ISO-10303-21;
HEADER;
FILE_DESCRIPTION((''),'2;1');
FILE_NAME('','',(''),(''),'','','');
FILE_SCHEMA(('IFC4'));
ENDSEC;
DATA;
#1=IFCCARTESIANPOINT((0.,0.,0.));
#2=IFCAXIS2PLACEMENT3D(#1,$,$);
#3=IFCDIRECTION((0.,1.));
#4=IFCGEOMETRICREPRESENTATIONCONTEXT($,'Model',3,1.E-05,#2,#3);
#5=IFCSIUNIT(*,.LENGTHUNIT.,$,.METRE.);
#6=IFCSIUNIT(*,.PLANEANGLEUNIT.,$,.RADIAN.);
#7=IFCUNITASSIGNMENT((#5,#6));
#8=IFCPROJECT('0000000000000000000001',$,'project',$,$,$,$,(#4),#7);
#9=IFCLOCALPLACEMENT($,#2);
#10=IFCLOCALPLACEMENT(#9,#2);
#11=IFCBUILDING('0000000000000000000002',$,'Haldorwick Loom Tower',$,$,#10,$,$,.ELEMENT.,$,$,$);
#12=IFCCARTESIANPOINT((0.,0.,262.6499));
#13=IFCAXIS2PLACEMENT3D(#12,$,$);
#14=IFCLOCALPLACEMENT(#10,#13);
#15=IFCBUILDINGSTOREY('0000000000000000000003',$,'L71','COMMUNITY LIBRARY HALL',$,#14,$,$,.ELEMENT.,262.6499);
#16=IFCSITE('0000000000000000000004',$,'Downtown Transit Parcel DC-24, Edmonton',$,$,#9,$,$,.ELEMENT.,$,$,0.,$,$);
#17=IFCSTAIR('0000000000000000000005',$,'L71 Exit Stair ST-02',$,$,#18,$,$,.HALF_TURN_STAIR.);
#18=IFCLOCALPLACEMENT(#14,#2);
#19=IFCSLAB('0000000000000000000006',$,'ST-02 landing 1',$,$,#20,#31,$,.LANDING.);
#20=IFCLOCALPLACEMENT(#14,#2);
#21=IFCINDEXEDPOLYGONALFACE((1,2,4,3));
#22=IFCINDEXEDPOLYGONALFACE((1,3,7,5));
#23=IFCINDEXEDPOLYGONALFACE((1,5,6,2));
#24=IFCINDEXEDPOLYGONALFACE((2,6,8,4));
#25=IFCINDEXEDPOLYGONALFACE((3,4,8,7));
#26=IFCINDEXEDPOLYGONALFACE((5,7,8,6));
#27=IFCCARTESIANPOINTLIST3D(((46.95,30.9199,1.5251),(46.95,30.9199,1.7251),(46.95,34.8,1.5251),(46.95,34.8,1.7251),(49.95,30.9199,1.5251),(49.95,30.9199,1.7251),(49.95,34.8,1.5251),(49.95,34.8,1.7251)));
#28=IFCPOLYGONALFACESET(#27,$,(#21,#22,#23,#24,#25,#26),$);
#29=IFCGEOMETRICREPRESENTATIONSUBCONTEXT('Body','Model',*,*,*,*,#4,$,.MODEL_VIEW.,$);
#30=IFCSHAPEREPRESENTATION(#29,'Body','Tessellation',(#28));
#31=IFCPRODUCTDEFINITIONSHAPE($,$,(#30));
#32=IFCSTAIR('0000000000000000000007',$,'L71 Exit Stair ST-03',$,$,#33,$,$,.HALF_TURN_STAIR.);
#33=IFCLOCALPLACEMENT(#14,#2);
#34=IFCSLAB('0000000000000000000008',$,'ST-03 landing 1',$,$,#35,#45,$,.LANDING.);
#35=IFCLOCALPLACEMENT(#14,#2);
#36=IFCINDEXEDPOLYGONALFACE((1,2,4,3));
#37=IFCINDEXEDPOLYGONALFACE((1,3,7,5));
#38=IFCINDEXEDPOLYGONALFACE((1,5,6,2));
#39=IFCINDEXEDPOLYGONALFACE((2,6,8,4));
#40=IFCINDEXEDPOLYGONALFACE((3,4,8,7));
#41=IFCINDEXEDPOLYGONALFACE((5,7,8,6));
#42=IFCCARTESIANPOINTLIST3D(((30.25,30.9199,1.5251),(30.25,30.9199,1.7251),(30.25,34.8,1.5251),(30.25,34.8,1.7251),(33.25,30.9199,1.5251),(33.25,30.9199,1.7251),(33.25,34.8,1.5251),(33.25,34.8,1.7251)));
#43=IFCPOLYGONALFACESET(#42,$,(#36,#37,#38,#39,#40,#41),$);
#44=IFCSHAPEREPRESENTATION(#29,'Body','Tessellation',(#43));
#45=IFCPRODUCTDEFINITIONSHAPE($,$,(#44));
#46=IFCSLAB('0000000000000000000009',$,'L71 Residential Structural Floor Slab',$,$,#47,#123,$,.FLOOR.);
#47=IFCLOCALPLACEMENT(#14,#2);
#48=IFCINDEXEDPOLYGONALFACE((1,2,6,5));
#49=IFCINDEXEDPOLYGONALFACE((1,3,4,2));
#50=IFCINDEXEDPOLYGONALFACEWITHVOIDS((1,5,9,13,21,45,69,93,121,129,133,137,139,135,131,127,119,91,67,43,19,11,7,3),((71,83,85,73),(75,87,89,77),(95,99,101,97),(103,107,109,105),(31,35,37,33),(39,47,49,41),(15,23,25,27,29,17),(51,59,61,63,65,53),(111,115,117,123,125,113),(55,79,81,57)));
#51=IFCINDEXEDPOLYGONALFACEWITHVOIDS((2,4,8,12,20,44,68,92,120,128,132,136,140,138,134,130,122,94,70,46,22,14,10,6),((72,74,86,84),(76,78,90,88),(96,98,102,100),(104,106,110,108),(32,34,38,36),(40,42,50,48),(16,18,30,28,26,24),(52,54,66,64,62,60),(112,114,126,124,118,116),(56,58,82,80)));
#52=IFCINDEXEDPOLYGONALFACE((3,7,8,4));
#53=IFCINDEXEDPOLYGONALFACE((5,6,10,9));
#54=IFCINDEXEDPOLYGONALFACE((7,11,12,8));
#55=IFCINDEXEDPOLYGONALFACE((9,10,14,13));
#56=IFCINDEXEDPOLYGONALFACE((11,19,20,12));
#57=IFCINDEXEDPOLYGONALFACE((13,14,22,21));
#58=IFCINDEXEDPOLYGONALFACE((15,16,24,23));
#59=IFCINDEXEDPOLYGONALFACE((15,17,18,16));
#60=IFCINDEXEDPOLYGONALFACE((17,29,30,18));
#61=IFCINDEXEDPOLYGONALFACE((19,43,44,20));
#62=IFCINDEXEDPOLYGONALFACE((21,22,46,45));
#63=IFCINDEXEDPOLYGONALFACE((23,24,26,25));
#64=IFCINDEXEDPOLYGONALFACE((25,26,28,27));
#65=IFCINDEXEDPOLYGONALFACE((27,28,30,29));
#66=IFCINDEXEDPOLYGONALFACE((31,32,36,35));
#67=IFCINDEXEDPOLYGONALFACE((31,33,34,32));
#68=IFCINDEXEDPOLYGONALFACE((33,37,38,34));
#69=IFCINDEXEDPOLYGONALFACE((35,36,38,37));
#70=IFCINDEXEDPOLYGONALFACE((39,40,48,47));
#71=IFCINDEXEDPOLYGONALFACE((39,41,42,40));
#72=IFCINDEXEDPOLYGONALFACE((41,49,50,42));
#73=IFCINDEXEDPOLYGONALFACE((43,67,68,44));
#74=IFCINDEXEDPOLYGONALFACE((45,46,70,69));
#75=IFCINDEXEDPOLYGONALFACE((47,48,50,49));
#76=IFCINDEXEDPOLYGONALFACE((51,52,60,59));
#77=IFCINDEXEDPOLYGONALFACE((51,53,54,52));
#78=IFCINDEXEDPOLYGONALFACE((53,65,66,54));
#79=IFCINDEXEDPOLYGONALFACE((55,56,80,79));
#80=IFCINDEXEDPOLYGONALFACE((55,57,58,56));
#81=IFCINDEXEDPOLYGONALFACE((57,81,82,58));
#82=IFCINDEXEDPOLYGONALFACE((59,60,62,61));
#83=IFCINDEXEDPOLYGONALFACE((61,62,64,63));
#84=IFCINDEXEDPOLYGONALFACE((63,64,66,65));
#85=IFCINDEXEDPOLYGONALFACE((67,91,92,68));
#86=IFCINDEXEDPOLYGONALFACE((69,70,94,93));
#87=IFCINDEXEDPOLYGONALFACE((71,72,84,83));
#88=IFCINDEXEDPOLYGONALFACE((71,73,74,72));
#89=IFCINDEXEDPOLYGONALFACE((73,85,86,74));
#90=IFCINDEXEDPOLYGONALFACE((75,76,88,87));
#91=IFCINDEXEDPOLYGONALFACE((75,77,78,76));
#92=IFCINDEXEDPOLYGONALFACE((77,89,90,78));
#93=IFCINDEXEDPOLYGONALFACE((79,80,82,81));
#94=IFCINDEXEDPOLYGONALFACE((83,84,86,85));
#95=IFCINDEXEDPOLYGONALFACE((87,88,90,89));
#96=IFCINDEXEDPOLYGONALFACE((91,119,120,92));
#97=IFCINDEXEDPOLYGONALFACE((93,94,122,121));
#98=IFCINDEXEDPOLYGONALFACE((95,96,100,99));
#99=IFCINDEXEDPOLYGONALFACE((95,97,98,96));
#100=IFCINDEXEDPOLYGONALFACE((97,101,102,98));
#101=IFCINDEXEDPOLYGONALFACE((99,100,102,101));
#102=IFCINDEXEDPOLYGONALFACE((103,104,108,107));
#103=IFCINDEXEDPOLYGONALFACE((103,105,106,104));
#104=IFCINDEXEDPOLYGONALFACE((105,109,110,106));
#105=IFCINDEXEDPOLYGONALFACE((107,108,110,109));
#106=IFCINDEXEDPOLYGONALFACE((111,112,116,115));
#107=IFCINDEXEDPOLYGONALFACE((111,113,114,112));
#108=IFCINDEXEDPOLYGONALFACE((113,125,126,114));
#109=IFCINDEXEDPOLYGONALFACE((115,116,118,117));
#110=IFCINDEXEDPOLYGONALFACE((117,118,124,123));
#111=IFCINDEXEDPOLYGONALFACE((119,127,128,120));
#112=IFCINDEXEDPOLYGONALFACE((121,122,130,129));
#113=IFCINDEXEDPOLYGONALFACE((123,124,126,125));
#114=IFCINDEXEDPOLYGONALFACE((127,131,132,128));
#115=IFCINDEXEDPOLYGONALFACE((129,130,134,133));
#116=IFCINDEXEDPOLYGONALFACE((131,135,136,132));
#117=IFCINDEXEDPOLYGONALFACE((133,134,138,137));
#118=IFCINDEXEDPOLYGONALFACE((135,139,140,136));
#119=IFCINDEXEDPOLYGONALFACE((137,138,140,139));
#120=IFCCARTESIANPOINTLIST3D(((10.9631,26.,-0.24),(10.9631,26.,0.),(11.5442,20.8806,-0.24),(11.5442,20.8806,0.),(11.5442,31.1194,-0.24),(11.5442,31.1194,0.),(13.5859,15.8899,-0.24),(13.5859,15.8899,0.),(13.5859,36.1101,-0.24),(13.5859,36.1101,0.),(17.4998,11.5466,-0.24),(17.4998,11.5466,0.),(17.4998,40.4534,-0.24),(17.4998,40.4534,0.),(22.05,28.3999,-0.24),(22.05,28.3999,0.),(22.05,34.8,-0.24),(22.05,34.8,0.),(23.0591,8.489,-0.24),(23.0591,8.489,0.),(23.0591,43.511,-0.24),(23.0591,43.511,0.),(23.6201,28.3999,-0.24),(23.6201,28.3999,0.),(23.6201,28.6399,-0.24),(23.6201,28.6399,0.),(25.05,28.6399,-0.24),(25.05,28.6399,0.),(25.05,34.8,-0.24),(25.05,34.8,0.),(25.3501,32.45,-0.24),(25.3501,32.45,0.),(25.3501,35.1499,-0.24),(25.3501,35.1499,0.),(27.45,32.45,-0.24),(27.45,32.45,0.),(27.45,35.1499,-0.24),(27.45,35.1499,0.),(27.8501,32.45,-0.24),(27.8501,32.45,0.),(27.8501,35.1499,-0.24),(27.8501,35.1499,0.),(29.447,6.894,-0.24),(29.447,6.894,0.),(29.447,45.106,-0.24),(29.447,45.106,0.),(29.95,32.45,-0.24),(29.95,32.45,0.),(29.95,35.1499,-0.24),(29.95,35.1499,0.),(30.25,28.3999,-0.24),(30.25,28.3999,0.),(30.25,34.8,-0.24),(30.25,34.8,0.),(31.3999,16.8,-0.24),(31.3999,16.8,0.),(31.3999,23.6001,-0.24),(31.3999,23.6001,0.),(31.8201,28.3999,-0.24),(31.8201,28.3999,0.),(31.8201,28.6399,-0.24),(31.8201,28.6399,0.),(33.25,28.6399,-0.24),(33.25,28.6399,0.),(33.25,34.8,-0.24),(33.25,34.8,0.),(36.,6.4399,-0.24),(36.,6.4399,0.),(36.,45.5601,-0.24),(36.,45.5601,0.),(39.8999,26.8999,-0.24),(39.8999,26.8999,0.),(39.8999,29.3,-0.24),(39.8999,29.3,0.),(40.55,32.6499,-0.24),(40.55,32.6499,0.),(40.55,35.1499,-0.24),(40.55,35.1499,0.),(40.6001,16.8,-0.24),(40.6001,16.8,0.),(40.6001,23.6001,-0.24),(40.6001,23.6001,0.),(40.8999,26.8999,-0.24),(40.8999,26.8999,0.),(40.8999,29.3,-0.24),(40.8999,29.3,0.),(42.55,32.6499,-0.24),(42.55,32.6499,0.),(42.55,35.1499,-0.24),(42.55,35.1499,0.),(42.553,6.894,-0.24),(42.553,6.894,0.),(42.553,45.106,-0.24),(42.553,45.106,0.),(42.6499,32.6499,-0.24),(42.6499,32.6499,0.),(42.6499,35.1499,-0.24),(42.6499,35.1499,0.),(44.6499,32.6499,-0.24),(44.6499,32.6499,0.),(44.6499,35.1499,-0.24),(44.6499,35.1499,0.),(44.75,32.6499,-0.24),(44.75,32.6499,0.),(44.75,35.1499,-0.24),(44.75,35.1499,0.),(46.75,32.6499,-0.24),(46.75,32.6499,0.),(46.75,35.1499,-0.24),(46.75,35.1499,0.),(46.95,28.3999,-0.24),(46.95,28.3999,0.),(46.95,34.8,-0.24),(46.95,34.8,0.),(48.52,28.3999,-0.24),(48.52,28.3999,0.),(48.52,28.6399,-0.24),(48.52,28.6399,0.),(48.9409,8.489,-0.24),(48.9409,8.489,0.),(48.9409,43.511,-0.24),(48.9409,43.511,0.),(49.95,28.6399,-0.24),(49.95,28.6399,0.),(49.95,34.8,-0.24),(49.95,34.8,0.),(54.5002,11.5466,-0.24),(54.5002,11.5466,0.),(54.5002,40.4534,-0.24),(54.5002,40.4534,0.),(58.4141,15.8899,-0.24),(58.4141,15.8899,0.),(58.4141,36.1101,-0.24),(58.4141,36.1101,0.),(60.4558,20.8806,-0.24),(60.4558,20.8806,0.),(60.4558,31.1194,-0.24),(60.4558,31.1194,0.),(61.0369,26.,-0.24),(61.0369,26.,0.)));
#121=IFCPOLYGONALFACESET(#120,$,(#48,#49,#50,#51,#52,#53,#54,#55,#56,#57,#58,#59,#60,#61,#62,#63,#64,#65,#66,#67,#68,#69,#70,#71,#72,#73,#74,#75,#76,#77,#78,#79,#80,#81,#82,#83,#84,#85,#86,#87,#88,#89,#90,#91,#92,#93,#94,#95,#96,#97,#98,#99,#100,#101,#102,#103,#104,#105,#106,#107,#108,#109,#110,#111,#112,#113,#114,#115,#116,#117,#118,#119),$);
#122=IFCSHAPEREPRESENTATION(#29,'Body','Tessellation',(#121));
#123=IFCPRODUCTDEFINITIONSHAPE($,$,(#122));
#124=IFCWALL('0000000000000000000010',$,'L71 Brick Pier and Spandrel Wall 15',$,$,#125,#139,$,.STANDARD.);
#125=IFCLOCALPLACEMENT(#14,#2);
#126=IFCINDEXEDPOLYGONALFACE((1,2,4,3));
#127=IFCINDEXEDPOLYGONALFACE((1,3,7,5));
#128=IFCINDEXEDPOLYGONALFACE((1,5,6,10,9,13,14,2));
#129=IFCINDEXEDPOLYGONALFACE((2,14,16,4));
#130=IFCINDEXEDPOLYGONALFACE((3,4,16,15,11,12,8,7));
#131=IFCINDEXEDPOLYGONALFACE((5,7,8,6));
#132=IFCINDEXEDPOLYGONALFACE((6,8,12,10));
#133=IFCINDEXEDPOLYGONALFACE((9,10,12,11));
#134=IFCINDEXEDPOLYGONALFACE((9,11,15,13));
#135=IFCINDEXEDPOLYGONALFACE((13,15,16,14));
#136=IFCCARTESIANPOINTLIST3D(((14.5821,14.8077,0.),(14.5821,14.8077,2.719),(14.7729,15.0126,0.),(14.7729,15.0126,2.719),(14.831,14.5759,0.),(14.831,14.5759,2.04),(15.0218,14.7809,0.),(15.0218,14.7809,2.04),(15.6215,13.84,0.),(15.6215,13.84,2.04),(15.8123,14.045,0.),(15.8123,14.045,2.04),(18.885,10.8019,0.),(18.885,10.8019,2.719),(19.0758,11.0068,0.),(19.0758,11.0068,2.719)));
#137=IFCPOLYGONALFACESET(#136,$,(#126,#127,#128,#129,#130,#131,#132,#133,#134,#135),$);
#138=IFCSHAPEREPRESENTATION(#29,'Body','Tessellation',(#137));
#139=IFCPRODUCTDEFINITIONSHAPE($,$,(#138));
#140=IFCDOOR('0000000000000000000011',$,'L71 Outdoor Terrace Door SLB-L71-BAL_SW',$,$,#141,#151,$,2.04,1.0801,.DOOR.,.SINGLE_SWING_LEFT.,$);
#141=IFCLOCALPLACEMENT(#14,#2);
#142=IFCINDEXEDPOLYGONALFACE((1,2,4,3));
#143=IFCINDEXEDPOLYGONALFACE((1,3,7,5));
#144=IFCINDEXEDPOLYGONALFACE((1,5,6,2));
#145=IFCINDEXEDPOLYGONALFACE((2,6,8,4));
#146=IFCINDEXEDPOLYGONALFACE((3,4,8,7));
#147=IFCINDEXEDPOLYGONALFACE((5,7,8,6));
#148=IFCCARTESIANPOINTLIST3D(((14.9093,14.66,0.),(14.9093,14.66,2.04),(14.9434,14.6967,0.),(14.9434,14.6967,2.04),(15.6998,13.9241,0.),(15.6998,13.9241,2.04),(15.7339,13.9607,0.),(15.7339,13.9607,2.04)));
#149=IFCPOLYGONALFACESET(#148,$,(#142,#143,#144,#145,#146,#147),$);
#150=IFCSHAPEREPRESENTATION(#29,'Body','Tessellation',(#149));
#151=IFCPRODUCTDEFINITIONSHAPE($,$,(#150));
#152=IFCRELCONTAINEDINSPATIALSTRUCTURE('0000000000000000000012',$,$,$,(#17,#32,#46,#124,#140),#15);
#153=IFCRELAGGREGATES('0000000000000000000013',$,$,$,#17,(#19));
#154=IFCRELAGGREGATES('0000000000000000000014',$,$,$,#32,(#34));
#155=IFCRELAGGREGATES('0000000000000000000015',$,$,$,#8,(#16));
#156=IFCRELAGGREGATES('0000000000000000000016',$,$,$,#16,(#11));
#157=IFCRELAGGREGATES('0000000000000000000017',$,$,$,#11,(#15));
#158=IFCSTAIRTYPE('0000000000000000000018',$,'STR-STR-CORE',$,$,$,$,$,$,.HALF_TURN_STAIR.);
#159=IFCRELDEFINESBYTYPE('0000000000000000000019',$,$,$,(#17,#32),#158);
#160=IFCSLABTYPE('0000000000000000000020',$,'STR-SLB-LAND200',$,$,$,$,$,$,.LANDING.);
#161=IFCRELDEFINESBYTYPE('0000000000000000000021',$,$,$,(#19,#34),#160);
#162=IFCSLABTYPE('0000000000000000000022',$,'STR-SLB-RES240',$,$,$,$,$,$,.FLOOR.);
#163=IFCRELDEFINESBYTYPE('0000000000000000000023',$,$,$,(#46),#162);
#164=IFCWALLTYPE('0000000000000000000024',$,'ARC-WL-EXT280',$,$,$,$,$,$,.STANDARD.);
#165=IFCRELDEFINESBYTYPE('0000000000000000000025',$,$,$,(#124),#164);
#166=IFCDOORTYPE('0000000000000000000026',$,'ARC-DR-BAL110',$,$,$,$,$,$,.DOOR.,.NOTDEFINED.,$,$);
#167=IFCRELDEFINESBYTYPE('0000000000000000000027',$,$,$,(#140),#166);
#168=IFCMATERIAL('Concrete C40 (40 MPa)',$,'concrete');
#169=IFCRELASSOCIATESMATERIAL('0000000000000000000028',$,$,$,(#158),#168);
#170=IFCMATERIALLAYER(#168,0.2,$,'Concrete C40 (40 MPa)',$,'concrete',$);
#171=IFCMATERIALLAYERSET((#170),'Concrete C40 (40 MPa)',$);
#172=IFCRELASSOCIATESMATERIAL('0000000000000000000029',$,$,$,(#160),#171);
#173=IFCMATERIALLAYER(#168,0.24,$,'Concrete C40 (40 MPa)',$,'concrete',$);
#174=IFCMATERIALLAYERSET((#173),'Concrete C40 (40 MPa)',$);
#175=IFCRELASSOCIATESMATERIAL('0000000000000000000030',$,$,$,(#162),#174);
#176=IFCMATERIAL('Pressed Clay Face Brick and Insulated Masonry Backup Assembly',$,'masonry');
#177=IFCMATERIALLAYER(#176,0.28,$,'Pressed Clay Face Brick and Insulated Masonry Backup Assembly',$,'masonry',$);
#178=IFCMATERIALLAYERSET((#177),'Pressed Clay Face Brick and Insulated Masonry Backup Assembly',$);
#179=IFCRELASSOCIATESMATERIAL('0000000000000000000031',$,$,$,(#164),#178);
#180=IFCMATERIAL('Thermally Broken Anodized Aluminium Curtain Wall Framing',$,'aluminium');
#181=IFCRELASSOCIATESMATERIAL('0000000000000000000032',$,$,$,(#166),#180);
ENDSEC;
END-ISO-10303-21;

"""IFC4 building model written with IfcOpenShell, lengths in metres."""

from ifc_helpers import new_model, si_unit, direction, frame, frame_2d, origin, place, context, subcontext, project, spatial, polyline, rectangle, outline, extrude, material, layer, layer_set, type_object, element, fill, aggregate, save


model = new_model("IFC4")

# Units and contexts
model_context = context("Model", 3, precision=1e-05, world=origin(), true_north=direction((0.0, 1.0)))
body_context = subcontext(model_context, "Body", "Model", "MODEL_VIEW")
ifc_project = project(units=[si_unit("LENGTHUNIT", "METRE"), si_unit("PLANEANGLEUNIT", "RADIAN")], contexts=[model_context])

# Site, building, storey
site_placement = place(None, origin())
site = spatial("IfcSite", under=ifc_project, at=site_placement, Name="Downtown Transit Parcel DC-24, Edmonton", CompositionType="ELEMENT", RefElevation=0.0)
building_placement = place(site_placement, origin())
building = spatial("IfcBuilding", under=site, at=building_placement, Name="Haldorwick Loom Tower", CompositionType="ELEMENT")
storey_placement = place(building_placement, frame((0.0, 0.0, 262.6499)))
storey = spatial("IfcBuildingStorey", under=building, at=storey_placement, Name="L71", Description="COMMUNITY LIBRARY HALL", CompositionType="ELEMENT", Elevation=262.6499)

# Shared definitions
ifc_material_1 = material(Name="Concrete C40 (40 MPa)", Category="concrete")

# Stairs, slabs
stair_type = type_object("IfcStairType", Name="STR-STR-CORE", PredefinedType="HALF_TURN_STAIR", material=ifc_material_1)
ifc_layer_1 = layer(ifc_material_1, 0.2, Name="Concrete C40 (40 MPa)", Category="concrete")
ifc_layer_set_1 = layer_set([ifc_layer_1], Name="Concrete C40 (40 MPa)")
slab_type_1 = type_object("IfcSlabType", Name="STR-SLB-LAND200", PredefinedType="LANDING", material=ifc_layer_set_1)
stair_1_placement = place(storey_placement, origin())
stair_1 = element("IfcStair", 1, at=stair_1_placement, inside=storey, type_object=stair_type, Name="L71 Exit Stair ST-02", PredefinedType="HALF_TURN_STAIR")
slab_1_placement = place(storey_placement, frame((0.0, 0.0, 1.5251)))
slab_1 = element("IfcSlab", 2, at=slab_1_placement, type_object=slab_type_1, Name="ST-02 landing 1", PredefinedType="LANDING", context=body_context, shape_type="SweptSolid", body=[
    extrude(outline(polyline([(49.95, 30.9199), (49.95, 34.8), (46.95, 34.8), (46.95, 30.9199), (49.95, 30.9199)])), origin(), (0.0, 0.0, 1.0), 0.2),
])
aggregate(stair_1, [slab_1])
stair_2_placement = place(storey_placement, origin())
stair_2 = element("IfcStair", 3, at=stair_2_placement, inside=storey, type_object=stair_type, Name="L71 Exit Stair ST-03", PredefinedType="HALF_TURN_STAIR")
slab_2_placement = place(storey_placement, frame((0.0, 0.0, 1.5251)))
slab_2 = element("IfcSlab", 4, at=slab_2_placement, type_object=slab_type_1, Name="ST-03 landing 1", PredefinedType="LANDING", context=body_context, shape_type="SweptSolid", body=[
    extrude(outline(polyline([(33.25, 30.9199), (33.25, 34.8), (30.25, 34.8), (30.25, 30.9199), (33.25, 30.9199)])), origin(), (0.0, 0.0, 1.0), 0.2),
])
aggregate(stair_2, [slab_2])

# Slab
ifc_layer_2 = layer(ifc_material_1, 0.24, Name="Concrete C40 (40 MPa)", Category="concrete")
ifc_layer_set_2 = layer_set([ifc_layer_2], Name="Concrete C40 (40 MPa)")
slab_type_2 = type_object("IfcSlabType", Name="STR-SLB-RES240", PredefinedType="FLOOR", material=ifc_layer_set_2)
slab_3_placement = place(storey_placement, frame((0.0, 0.0, -0.24)))
element("IfcSlab", 5, at=slab_3_placement, inside=storey, type_object=slab_type_2, Name="L71 Residential Structural Floor Slab", PredefinedType="FLOOR", context=body_context, shape_type="SweptSolid", body=[
    extrude(outline(polyline([(54.5002, 11.5466), (58.4141, 15.8899), (60.4558, 20.8806), (61.0369, 26.0), (60.4558, 31.1194), (58.4141, 36.1101), (54.5002, 40.4534), (48.9409, 43.511), (42.553, 45.106), (36.0, 45.5601), (29.447, 45.106), (23.0591, 43.511), (17.4998, 40.4534), (13.5859, 36.1101), (11.5442, 31.1194), (10.9631, 26.0), (11.5442, 20.8806), (13.5859, 15.8899), (17.4998, 11.5466), (23.0591, 8.489), (29.447, 6.894), (36.0, 6.4399), (42.553, 6.894), (48.9409, 8.489), (54.5002, 11.5466)]), holes=[polyline([(31.3999, 16.8), (31.3999, 23.6001), (40.6001, 23.6001), (40.6001, 16.8), (31.3999, 16.8)]), polyline([(40.8999, 26.8999), (39.8999, 26.8999), (39.8999, 29.3), (40.8999, 29.3), (40.8999, 26.8999)]), polyline([(23.6201, 28.3999), (22.05, 28.3999), (22.05, 34.8), (25.05, 34.8), (25.05, 28.6399), (23.6201, 28.6399), (23.6201, 28.3999)]), polyline([(30.25, 28.3999), (30.25, 34.8), (33.25, 34.8), (33.25, 28.6399), (31.8201, 28.6399), (31.8201, 28.3999), (30.25, 28.3999)]), polyline([(46.95, 28.3999), (46.95, 34.8), (49.95, 34.8), (49.95, 28.6399), (48.52, 28.6399), (48.52, 28.3999), (46.95, 28.3999)]), polyline([(27.45, 32.45), (25.3501, 32.45), (25.3501, 35.1499), (27.45, 35.1499), (27.45, 32.45)]), polyline([(29.95, 32.45), (27.8501, 32.45), (27.8501, 35.1499), (29.95, 35.1499), (29.95, 32.45)]), polyline([(42.55, 32.6499), (40.55, 32.6499), (40.55, 35.1499), (42.55, 35.1499), (42.55, 32.6499)]), polyline([(42.6499, 32.6499), (42.6499, 35.1499), (44.6499, 35.1499), (44.6499, 32.6499), (42.6499, 32.6499)]), polyline([(44.75, 32.6499), (44.75, 35.1499), (46.75, 35.1499), (46.75, 32.6499), (44.75, 32.6499)])]), origin(), (0.0, 0.0, 1.0), 0.24),
])

# Wall, opening, door
ifc_material_2 = material(Name="Pressed Clay Face Brick and Insulated Masonry Backup Assembly", Category="masonry")
ifc_layer_3 = layer(ifc_material_2, 0.28, Name="Pressed Clay Face Brick and Insulated Masonry Backup Assembly", Category="masonry")
ifc_layer_set_3 = layer_set([ifc_layer_3], Name="Pressed Clay Face Brick and Insulated Masonry Backup Assembly")
wall_type = type_object("IfcWallType", Name="ARC-WL-EXT280", PredefinedType="STANDARD", material=ifc_layer_set_3)
wall_1_placement = place(storey_placement, frame((14.6775, 14.9102, 0.0), z_axis=(0.0, 0.0, 1.0), x_axis=(0.731925, -0.681386, 0.0)))
wall_1 = element("IfcWall", 6, at=wall_1_placement, inside=storey, type_object=wall_type, Name="L71 Brick Pier and Spandrel Wall 15", PredefinedType="STANDARD", context=body_context, shape_type="SweptSolid", body=[
    extrude(rectangle(XDim=5.8789, YDim=0.28, at=frame_2d((2.9395, 0.0))), origin(), (0.0, 0.0, 1.0), 2.719),
])
opening_1_placement = place(wall_1_placement, frame((0.3401, 0.0, 0.0)))
opening_1 = element("IfcOpeningElement", 7, at=opening_1_placement, cuts=wall_1, PredefinedType="OPENING", context=body_context, shape_type="SweptSolid", body=[
    extrude(rectangle(XDim=1.0801, YDim=2.04, at=frame_2d((0.54, 1.02))), frame((0.0, 0.1499, 0.0), z_axis=(0.0, -1.0, 0.0), x_axis=(1.0, 0.0, 0.0)), (0.0, 0.0, 1.0), 0.3),
])
ifc_material_3 = material(Name="Thermally Broken Anodized Aluminium Curtain Wall Framing", Category="aluminium")
door_type = type_object("IfcDoorType", Name="ARC-DR-BAL110", OperationType="NOTDEFINED", PredefinedType="DOOR", material=ifc_material_3)
door_placement = place(opening_1_placement, origin())
door = element("IfcDoor", 8, at=door_placement, inside=storey, type_object=door_type, Name="L71 Outdoor Terrace Door SLB-L71-BAL_SW", OperationType="SINGLE_SWING_LEFT", OverallHeight=2.04, OverallWidth=1.0801, PredefinedType="DOOR", context=body_context, shape_type="SweptSolid", body=[
    extrude(rectangle(XDim=1.0801, YDim=2.04, at=frame_2d((0.54, 1.02))), frame((0.0, 0.0249, 0.0), z_axis=(0.0, -1.0, 0.0), x_axis=(1.0, 0.0, 0.0)), (0.0, 0.0, 1.0), 0.05),
])
fill(opening_1, door)

save(model, "model.ifc")
